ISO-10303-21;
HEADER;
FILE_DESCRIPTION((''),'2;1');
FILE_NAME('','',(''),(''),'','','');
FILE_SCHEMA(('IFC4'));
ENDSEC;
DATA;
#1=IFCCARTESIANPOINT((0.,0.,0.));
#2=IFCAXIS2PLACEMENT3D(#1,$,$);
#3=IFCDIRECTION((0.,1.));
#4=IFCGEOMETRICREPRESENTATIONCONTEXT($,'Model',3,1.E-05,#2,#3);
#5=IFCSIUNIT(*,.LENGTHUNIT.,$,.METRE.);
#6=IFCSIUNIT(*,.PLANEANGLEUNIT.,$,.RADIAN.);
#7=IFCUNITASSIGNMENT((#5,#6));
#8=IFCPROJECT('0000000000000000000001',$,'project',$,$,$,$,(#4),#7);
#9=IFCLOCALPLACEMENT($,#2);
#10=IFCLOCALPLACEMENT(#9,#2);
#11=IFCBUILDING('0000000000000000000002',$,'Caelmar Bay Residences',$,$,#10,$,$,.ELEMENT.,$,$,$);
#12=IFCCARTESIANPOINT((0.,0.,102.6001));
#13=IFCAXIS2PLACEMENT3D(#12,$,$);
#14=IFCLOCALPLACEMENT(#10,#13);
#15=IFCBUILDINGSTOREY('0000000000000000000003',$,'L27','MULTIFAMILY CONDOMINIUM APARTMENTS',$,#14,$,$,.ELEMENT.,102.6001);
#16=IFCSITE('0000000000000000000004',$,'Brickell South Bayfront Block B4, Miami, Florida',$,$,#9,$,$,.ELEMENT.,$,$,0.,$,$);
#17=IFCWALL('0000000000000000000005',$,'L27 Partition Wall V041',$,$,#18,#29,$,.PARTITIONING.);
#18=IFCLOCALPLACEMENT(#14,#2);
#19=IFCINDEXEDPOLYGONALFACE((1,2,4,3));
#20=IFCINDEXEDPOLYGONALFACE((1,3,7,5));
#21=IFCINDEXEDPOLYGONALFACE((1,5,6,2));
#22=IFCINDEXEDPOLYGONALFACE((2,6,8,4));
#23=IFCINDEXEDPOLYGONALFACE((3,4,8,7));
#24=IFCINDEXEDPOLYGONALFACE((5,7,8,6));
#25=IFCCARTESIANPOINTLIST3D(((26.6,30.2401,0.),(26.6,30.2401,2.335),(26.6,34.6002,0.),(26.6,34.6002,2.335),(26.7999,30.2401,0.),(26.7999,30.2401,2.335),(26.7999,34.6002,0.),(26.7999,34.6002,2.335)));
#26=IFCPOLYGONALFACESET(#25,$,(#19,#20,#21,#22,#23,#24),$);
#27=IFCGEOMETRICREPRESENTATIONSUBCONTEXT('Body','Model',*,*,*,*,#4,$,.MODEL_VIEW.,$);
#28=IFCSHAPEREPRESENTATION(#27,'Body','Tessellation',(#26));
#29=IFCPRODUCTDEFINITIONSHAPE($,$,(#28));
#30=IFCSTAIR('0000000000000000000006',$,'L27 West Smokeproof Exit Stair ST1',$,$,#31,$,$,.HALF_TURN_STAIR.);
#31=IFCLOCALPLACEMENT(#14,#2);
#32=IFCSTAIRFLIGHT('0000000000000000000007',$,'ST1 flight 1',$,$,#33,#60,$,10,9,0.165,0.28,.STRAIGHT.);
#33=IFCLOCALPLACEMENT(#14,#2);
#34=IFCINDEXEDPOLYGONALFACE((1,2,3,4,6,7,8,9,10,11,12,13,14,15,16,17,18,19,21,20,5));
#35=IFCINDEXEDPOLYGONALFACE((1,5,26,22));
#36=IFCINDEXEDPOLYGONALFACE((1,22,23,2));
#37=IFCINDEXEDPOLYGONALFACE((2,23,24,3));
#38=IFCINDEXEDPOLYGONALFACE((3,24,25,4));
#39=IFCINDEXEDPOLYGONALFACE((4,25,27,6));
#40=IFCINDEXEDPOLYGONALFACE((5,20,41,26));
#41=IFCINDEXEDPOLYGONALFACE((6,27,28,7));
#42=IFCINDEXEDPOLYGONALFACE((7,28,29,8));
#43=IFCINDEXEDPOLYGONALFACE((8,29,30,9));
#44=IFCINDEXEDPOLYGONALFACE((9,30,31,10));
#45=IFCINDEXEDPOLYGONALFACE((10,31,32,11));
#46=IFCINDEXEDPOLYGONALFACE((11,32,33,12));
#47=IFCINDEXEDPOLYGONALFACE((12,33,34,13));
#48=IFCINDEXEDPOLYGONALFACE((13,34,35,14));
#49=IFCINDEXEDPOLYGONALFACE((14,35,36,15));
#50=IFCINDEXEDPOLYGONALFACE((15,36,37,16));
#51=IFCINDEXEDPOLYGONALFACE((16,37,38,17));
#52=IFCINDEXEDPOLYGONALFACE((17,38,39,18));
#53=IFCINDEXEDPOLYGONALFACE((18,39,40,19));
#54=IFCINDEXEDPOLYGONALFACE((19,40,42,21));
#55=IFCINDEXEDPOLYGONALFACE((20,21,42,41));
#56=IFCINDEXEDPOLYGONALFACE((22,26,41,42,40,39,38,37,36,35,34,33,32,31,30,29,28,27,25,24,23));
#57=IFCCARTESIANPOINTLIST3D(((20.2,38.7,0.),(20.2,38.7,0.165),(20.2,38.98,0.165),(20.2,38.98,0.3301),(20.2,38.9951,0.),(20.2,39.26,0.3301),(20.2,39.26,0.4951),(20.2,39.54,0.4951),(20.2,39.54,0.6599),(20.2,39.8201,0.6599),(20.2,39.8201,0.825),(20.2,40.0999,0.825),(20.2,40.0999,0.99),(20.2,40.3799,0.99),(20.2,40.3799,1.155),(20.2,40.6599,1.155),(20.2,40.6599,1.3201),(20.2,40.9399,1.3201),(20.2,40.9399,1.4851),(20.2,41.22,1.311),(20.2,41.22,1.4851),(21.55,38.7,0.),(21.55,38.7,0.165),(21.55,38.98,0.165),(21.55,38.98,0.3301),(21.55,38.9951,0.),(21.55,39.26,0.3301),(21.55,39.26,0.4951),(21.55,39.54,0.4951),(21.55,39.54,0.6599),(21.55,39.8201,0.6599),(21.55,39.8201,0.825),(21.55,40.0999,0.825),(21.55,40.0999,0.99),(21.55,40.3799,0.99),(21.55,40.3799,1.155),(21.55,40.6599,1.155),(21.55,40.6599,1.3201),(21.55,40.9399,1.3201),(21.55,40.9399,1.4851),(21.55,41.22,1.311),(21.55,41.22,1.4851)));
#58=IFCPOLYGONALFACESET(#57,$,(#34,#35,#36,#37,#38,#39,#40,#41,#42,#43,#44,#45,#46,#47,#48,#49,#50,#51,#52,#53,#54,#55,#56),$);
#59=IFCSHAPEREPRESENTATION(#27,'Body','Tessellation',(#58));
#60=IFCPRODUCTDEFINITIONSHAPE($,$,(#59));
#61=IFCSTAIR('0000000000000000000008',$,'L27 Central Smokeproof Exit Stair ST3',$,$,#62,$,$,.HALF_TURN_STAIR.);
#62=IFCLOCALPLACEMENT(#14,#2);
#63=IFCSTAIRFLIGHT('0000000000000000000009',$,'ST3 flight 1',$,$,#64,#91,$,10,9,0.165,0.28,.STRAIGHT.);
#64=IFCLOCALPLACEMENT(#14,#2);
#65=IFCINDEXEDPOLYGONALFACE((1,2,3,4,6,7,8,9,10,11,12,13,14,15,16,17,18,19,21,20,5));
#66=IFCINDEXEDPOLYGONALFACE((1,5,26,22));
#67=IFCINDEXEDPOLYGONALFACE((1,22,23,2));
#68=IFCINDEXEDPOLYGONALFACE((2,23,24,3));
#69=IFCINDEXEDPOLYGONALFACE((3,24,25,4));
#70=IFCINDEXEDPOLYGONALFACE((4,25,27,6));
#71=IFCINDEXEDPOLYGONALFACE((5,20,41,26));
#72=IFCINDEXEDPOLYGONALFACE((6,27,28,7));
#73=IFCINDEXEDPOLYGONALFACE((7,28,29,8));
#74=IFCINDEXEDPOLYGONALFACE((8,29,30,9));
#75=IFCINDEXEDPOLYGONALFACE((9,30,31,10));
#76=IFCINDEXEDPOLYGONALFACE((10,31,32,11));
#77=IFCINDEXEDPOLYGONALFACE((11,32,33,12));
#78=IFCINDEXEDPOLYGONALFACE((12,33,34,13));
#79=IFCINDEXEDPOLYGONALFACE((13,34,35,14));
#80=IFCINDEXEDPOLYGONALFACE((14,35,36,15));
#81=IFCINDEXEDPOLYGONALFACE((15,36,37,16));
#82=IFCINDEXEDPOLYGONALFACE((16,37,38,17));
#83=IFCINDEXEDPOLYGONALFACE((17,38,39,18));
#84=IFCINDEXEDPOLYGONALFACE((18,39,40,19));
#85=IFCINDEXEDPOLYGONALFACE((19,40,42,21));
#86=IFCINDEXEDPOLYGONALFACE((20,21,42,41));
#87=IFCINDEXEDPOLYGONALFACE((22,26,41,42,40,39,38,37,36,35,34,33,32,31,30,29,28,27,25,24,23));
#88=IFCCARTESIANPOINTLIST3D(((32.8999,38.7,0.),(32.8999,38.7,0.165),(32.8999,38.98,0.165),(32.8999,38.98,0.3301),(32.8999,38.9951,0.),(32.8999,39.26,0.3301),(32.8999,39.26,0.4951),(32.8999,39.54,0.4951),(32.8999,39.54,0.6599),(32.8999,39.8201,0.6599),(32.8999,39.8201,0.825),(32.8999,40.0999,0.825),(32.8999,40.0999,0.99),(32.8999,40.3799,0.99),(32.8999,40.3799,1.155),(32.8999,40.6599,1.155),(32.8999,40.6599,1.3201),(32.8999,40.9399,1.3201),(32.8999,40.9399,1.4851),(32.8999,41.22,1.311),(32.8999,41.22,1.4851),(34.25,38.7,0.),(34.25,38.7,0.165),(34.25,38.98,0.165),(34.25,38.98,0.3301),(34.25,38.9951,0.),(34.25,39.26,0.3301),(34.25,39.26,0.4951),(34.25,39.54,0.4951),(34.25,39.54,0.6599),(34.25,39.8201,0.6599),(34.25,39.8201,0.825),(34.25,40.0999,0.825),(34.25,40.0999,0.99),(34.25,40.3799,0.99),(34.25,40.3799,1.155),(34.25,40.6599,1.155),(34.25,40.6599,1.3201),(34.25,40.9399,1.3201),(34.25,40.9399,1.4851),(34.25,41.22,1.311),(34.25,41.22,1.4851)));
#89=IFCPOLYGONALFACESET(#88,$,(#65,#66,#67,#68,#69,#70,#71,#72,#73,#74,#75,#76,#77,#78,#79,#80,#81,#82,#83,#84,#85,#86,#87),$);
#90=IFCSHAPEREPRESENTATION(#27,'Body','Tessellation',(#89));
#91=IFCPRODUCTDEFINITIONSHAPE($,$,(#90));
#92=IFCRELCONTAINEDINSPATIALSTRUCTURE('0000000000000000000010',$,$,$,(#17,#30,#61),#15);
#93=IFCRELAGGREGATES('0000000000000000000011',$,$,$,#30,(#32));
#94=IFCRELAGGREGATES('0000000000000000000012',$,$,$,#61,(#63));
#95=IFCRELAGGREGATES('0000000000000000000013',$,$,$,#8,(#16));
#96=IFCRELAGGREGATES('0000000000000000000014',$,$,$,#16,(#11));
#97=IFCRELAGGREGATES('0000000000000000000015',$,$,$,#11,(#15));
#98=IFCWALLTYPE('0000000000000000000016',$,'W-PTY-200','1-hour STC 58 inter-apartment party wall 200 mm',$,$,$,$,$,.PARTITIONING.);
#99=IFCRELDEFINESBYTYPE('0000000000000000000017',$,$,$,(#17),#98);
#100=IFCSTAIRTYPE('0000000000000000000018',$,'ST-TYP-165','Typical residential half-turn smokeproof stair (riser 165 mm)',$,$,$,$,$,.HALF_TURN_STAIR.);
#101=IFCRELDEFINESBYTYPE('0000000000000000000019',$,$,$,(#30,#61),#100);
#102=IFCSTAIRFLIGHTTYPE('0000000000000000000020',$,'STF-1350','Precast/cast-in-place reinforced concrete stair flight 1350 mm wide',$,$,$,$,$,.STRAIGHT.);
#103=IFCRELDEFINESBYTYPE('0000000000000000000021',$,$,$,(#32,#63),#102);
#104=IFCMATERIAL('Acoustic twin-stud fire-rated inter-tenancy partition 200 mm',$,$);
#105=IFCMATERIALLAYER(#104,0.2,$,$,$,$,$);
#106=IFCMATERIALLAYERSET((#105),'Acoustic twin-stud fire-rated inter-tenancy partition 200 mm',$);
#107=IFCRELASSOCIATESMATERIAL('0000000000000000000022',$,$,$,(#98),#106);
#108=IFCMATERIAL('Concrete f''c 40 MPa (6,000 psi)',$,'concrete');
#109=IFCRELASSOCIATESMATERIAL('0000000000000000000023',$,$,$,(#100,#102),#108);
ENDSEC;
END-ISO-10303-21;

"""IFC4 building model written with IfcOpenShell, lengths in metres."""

from ifc_helpers import new_model, si_unit, direction, frame, frame_2d, origin, place, context, subcontext, project, spatial, polyline, rectangle, outline, extrude, material, layer, layer_set, type_object, element, aggregate, save


model = new_model("IFC4")

# Units and contexts
model_context = context("Model", 3, precision=1e-05, world=origin(), true_north=direction((0.0, 1.0)))
body_context = subcontext(model_context, "Body", "Model", "MODEL_VIEW")
ifc_project = project(units=[si_unit("LENGTHUNIT", "METRE"), si_unit("PLANEANGLEUNIT", "RADIAN")], contexts=[model_context])

# Site, building, storey
site_placement = place(None, origin())
site = spatial("IfcSite", under=ifc_project, at=site_placement, Name="Brickell South Bayfront Block B4, Miami, Florida", CompositionType="ELEMENT", RefElevation=0.0)
building_placement = place(site_placement, origin())
building = spatial("IfcBuilding", under=site, at=building_placement, Name="Caelmar Bay Residences", CompositionType="ELEMENT")
storey_placement = place(building_placement, frame((0.0, 0.0, 102.6001)))
storey = spatial("IfcBuildingStorey", under=building, at=storey_placement, Name="L27", Description="MULTIFAMILY CONDOMINIUM APARTMENTS", CompositionType="ELEMENT", Elevation=102.6001)

# Wall
ifc_material_1 = material(Name="Acoustic twin-stud fire-rated inter-tenancy partition 200 mm")
ifc_layer_1 = layer(ifc_material_1, 0.2)
ifc_layer_set_1 = layer_set([ifc_layer_1], Name="Acoustic twin-stud fire-rated inter-tenancy partition 200 mm")
wall_type_1 = type_object("IfcWallType", Name="W-PTY-200", Description="1-hour STC 58 inter-apartment party wall 200 mm", PredefinedType="PARTITIONING", material=ifc_layer_set_1)
wall_1_placement = place(storey_placement, frame((26.7, 30.24, 0.0), z_axis=(0.0, 0.0, 1.0), x_axis=(0.0, 1.0, 0.0)))
element("IfcWall", 1, at=wall_1_placement, inside=storey, type_object=wall_type_1, Name="L27 Partition Wall V041", PredefinedType="PARTITIONING", context=body_context, shape_type="SweptSolid", body=[
    extrude(rectangle(XDim=4.3601, YDim=0.2, at=frame_2d((2.1802, 0.0))), origin(), (0.0, 0.0, 1.0), 2.335),
])

# Stairs, stair flights
ifc_material_2 = material(Name="Concrete f'c 40 MPa (6,000 psi)", Category="concrete")
stair_type = type_object("IfcStairType", Name="ST-TYP-165", Description="Typical residential half-turn smokeproof stair (riser 165 mm)", PredefinedType="HALF_TURN_STAIR", material=ifc_material_2)
stair_1_placement = place(storey_placement, origin())
stair_1 = element("IfcStair", 2, at=stair_1_placement, inside=storey, type_object=stair_type, Name="L27 West Smokeproof Exit Stair ST1", PredefinedType="HALF_TURN_STAIR")
stair_flight_type = type_object("IfcStairFlightType", Name="STF-1350", Description="Precast/cast-in-place reinforced concrete stair flight 1350 mm wide", PredefinedType="STRAIGHT", material=ifc_material_2)
stair_flight_1_placement = place(storey_placement, frame((20.875, 38.7, 0.0), z_axis=(0.0, 0.0, 1.0), x_axis=(0.0, 1.0, 0.0)))
stair_flight_1 = element("IfcStairFlight", 3, at=stair_flight_1_placement, type_object=stair_flight_type, Name="ST1 flight 1", NumberOfRisers=10, NumberOfTreads=9, PredefinedType="STRAIGHT", RiserHeight=0.165, TreadLength=0.28, context=body_context, shape_type="SweptSolid", body=[
    extrude(outline(polyline([(0.0, 0.0), (0.0, 0.165), (0.28, 0.165), (0.28, 0.3301), (0.5601, 0.3301), (0.5601, 0.4951), (0.8401, 0.4951), (0.8401, 0.6599), (1.1201, 0.6599), (1.1201, 0.825), (1.3999, 0.825), (1.3999, 0.99), (1.6799, 0.99), (1.6799, 1.155), (1.96, 1.155), (1.96, 1.3201), (2.24, 1.3201), (2.24, 1.4851), (2.52, 1.4851), (2.52, 1.6499), (2.52, 1.311), (0.2952, 0.0), (0.0, 0.0)])), frame((0.0, 0.675, 0.0), z_axis=(0.0, -1.0, 0.0), x_axis=(1.0, 0.0, 0.0)), (0.0, 0.0, 1.0), 1.3501),
])
aggregate(stair_1, [stair_flight_1])
stair_2_placement = place(storey_placement, origin())
stair_2 = element("IfcStair", 4, at=stair_2_placement, inside=storey, type_object=stair_type, Name="L27 Central Smokeproof Exit Stair ST3", PredefinedType="HALF_TURN_STAIR")
stair_flight_2_placement = place(storey_placement, frame((33.575, 38.7, 0.0), z_axis=(0.0, 0.0, 1.0), x_axis=(0.0, 1.0, 0.0)))
stair_flight_2 = element("IfcStairFlight", 5, at=stair_flight_2_placement, type_object=stair_flight_type, Name="ST3 flight 1", NumberOfRisers=10, NumberOfTreads=9, PredefinedType="STRAIGHT", RiserHeight=0.165, TreadLength=0.28, context=body_context, shape_type="SweptSolid", body=[
    extrude(outline(polyline([(0.0, 0.0), (0.0, 0.165), (0.28, 0.165), (0.28, 0.3301), (0.5601, 0.3301), (0.5601, 0.4951), (0.8401, 0.4951), (0.8401, 0.6599), (1.1201, 0.6599), (1.1201, 0.825), (1.3999, 0.825), (1.3999, 0.99), (1.6799, 0.99), (1.6799, 1.155), (1.96, 1.155), (1.96, 1.3201), (2.24, 1.3201), (2.24, 1.4851), (2.52, 1.4851), (2.52, 1.6499), (2.52, 1.311), (0.2952, 0.0), (0.0, 0.0)])), frame((0.0, 0.675, 0.0), z_axis=(0.0, -1.0, 0.0), x_axis=(1.0, 0.0, 0.0)), (0.0, 0.0, 1.0), 1.3501),
])
aggregate(stair_2, [stair_flight_2])

save(model, "model.ifc")
